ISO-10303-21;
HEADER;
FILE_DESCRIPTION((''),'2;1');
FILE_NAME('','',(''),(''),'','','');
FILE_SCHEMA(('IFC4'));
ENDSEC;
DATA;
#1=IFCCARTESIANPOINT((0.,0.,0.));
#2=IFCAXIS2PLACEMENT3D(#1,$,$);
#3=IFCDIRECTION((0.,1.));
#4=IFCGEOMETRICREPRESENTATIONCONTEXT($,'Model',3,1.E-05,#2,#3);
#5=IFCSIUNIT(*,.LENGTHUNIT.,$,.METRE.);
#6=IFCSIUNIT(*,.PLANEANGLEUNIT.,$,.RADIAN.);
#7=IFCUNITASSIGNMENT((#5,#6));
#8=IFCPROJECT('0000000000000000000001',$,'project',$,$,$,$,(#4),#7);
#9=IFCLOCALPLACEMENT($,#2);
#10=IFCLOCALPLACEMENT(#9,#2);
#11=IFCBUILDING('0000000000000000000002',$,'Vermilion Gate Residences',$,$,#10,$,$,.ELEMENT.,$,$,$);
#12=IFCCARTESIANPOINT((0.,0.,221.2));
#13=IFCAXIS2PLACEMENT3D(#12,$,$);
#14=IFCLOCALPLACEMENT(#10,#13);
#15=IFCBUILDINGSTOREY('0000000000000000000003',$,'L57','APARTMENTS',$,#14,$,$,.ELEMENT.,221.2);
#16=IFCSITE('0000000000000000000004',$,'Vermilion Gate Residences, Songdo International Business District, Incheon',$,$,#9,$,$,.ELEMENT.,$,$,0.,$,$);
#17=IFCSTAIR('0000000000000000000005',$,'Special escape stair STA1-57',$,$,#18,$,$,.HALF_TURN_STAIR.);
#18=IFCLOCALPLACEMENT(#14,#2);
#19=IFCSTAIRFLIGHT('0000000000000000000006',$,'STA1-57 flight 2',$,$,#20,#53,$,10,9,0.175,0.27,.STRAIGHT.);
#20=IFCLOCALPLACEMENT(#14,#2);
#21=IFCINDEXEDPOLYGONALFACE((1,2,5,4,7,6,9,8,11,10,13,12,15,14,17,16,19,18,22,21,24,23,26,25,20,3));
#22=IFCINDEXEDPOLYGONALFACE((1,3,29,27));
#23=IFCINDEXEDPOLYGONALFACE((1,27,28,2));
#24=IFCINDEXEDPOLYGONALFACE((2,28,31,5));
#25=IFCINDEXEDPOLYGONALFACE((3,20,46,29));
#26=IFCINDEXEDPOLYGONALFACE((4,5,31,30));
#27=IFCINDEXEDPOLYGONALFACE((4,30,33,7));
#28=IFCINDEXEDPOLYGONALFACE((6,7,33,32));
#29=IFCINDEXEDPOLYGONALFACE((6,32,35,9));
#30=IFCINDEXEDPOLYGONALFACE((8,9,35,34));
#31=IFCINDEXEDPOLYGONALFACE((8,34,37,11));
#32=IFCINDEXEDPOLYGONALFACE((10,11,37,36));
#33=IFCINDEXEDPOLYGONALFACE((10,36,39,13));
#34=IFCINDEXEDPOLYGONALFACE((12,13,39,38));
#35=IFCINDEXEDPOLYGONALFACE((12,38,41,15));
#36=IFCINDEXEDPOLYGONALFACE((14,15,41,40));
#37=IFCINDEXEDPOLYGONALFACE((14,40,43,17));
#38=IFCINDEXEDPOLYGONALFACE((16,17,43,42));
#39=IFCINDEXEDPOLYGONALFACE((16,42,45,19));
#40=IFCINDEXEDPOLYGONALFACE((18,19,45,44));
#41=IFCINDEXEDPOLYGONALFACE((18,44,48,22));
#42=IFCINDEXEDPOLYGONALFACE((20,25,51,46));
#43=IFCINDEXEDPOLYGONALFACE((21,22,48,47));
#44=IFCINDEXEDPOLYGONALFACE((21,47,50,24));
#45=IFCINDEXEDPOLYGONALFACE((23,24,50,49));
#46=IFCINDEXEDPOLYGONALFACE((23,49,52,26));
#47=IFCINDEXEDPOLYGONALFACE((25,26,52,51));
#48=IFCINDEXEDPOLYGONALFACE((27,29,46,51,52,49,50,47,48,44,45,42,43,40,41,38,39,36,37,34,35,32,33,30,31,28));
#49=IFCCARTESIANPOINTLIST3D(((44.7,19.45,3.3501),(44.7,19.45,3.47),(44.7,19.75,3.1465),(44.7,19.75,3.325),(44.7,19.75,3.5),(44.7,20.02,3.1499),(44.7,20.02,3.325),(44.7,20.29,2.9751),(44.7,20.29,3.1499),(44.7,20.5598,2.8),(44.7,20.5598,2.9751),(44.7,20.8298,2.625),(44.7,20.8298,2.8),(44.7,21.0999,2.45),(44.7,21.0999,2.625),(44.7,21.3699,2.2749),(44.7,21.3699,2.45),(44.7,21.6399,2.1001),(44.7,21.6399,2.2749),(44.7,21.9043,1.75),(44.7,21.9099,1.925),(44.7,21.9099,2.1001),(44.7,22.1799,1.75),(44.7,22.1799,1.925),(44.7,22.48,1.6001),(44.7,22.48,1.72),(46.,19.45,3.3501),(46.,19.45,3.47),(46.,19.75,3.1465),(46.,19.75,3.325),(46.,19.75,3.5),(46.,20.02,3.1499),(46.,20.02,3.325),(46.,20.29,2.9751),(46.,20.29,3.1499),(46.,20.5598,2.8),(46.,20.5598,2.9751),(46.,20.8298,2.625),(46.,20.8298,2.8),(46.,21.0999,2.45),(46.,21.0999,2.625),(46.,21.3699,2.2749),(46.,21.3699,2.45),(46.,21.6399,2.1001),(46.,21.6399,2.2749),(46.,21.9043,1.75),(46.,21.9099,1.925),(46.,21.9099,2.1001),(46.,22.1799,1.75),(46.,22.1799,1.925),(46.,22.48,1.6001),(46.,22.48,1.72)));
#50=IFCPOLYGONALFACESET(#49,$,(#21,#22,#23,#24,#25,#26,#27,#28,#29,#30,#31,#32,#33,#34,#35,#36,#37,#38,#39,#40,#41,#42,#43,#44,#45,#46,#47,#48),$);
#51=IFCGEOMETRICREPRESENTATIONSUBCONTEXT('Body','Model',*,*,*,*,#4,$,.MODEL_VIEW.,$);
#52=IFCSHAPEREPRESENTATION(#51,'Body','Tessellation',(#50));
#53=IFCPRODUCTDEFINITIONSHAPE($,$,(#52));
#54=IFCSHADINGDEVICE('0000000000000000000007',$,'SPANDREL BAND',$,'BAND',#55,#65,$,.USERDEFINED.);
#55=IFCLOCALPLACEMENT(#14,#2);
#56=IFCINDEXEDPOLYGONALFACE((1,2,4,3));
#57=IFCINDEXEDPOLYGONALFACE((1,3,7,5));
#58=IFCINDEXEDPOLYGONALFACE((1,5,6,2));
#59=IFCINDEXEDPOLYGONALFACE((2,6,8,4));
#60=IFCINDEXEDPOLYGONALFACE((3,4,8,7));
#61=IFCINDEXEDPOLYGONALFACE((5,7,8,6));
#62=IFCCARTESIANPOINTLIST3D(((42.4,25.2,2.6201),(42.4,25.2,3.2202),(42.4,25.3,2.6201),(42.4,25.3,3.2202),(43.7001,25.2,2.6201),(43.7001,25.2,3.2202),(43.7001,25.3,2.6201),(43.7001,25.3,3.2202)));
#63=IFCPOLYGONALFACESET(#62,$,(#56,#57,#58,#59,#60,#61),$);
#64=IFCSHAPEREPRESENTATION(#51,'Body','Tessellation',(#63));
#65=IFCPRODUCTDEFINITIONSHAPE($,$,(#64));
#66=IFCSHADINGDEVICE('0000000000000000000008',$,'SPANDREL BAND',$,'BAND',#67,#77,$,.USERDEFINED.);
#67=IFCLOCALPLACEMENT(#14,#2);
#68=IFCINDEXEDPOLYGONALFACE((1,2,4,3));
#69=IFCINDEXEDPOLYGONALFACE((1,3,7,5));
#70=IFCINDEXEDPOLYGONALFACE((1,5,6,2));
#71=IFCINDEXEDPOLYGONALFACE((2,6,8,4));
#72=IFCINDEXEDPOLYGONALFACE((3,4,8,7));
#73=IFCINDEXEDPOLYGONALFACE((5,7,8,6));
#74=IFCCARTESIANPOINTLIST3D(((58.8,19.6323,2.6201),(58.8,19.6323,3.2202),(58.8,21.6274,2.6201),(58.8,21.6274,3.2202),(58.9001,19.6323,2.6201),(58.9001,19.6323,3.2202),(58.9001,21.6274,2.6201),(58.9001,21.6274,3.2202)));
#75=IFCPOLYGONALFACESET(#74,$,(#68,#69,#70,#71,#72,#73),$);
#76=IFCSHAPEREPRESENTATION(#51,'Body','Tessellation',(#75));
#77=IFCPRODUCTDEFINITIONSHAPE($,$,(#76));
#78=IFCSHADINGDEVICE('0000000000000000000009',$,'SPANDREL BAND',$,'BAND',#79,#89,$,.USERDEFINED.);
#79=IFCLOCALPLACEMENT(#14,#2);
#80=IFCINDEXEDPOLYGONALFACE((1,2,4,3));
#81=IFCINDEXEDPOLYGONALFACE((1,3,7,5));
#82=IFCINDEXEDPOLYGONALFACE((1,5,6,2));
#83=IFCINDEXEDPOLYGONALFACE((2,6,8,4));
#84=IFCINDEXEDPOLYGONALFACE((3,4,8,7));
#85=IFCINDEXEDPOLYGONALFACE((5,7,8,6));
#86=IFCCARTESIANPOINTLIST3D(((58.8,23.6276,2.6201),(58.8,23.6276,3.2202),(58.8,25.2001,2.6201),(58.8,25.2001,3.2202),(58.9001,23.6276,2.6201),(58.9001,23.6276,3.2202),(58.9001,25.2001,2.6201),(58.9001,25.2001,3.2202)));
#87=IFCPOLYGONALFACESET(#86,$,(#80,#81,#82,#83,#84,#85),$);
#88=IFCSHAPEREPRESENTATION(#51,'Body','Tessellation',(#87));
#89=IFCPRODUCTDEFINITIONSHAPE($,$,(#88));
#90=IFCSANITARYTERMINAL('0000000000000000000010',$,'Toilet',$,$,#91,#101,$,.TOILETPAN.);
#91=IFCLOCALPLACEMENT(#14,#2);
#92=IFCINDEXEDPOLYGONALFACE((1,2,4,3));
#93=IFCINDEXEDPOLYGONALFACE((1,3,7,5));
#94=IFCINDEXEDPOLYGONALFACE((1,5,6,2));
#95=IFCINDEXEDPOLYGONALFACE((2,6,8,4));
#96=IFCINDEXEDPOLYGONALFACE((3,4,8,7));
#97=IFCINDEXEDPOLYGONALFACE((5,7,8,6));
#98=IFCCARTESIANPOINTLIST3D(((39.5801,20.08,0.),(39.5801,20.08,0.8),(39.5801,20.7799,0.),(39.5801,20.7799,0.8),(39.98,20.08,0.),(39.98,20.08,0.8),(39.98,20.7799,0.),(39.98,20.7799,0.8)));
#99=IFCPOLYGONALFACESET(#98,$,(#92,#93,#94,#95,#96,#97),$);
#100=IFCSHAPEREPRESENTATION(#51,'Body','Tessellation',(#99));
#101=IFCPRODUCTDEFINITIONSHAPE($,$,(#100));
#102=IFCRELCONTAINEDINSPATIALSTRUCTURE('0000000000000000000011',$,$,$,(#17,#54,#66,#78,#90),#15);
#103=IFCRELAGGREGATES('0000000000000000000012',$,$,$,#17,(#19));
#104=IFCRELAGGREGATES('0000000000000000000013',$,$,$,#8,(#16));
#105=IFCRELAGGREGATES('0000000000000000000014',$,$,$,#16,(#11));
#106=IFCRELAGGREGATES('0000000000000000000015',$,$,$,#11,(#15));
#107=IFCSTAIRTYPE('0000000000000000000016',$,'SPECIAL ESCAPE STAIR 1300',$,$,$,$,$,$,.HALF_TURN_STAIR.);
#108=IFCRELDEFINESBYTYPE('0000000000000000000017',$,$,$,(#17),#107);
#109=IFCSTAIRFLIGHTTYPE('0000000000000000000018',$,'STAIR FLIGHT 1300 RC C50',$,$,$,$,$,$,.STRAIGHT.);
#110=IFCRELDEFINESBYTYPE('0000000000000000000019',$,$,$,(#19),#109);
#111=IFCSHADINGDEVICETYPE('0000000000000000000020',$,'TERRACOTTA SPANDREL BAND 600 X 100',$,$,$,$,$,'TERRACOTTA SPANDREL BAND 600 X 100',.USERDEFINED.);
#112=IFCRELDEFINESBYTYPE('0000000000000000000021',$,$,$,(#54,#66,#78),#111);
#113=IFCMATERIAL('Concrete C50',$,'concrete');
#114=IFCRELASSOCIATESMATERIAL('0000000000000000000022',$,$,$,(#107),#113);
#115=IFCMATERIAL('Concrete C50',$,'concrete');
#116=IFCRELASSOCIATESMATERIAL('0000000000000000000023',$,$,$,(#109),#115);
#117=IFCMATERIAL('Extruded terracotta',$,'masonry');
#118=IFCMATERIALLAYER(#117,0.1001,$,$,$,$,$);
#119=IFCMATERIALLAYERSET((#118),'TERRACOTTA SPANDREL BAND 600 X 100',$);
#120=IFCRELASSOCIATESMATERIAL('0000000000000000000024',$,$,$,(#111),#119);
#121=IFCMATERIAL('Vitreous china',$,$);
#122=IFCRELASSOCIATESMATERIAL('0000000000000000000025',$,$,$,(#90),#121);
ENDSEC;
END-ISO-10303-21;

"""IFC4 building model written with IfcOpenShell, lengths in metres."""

from ifc_helpers import new_model, si_unit, direction, frame, origin, origin_2d, place, context, subcontext, project, spatial, polyline, rectangle, outline, extrude, material, layer, layer_set, type_object, element, aggregate, save


model = new_model("IFC4")

# Units and contexts
model_context = context("Model", 3, precision=1e-05, world=origin(), true_north=direction((0.0, 1.0)))
body_context = subcontext(model_context, "Body", "Model", "MODEL_VIEW")
ifc_project = project(units=[si_unit("LENGTHUNIT", "METRE"), si_unit("PLANEANGLEUNIT", "RADIAN")], contexts=[model_context])

# Site, building, storey
site_placement = place(None, origin())
site = spatial("IfcSite", under=ifc_project, at=site_placement, Name="Vermilion Gate Residences, Songdo International Business District, Incheon", CompositionType="ELEMENT", RefElevation=0.0)
building_placement = place(site_placement, origin())
building = spatial("IfcBuilding", under=site, at=building_placement, Name="Vermilion Gate Residences", CompositionType="ELEMENT")
storey_placement = place(building_placement, frame((0.0, 0.0, 221.2)))
storey = spatial("IfcBuildingStorey", under=building, at=storey_placement, Name="L57", Description="APARTMENTS", CompositionType="ELEMENT", Elevation=221.2)

# Stair, stair flight
ifc_material_1 = material(Name="Concrete C50", Category="concrete")
stair_type = type_object("IfcStairType", Name="SPECIAL ESCAPE STAIR 1300", PredefinedType="HALF_TURN_STAIR", material=ifc_material_1)
stair_placement = place(storey_placement, origin())
stair = element("IfcStair", 1, at=stair_placement, inside=storey, type_object=stair_type, Name="Special escape stair STA1-57", PredefinedType="HALF_TURN_STAIR")
ifc_material_2 = material(Name="Concrete C50", Category="concrete")
stair_flight_type = type_object("IfcStairFlightType", Name="STAIR FLIGHT 1300 RC C50", PredefinedType="STRAIGHT", material=ifc_material_2)
stair_flight_placement = place(storey_placement, frame((45.3501, 22.1799, 1.75), z_axis=(0.0, 0.0, 1.0), x_axis=(0.0, -1.0, 0.0)))
stair_flight = element("IfcStairFlight", 2, at=stair_flight_placement, type_object=stair_flight_type, Name="STA1-57 flight 2", NumberOfRisers=10, NumberOfTreads=9, PredefinedType="STRAIGHT", RiserHeight=0.175, TreadLength=0.27, context=body_context, shape_type="SweptSolid", body=[
    extrude(outline(polyline([(-0.3, -0.1499), (-0.3, -0.03), (0.0, 0.0), (0.0, 0.175), (0.27, 0.175), (0.27, 0.3501), (0.54, 0.3501), (0.54, 0.5249), (0.8101, 0.5249), (0.8101, 0.7), (1.0801, 0.7), (1.0801, 0.875), (1.3501, 0.875), (1.3501, 1.05), (1.6201, 1.05), (1.6201, 1.2251), (1.8899, 1.2251), (1.8899, 1.3999), (2.1599, 1.3999), (2.1599, 1.575), (2.4299, 1.575), (2.4299, 1.75), (2.73, 1.72), (2.73, 1.6001), (2.4299, 1.3965), (0.2756, 0.0), (-0.3, -0.1499)])), frame((0.0, 0.6499, 0.0), z_axis=(0.0, -1.0, 0.0), x_axis=(1.0, 0.0, 0.0)), (0.0, 0.0, 1.0), 1.3),
])
aggregate(stair, [stair_flight])

# Shading devices
ifc_material_3 = material(Name="Extruded terracotta", Category="masonry")
ifc_layer_1 = layer(ifc_material_3, 0.1001)
ifc_layer_set_1 = layer_set([ifc_layer_1], Name="TERRACOTTA SPANDREL BAND 600 X 100")
shading_device_type = type_object("IfcShadingDeviceType", Name="TERRACOTTA SPANDREL BAND 600 X 100", ElementType="TERRACOTTA SPANDREL BAND 600 X 100", PredefinedType="USERDEFINED", material=ifc_layer_set_1)
shading_device_1_placement = place(storey_placement, frame((43.05, 25.25, 2.6201), z_axis=(0.0, 0.0, 1.0), x_axis=(1.0, 0.0, 0.0)))
element("IfcShadingDevice", 3, at=shading_device_1_placement, inside=storey, type_object=shading_device_type, Name="SPANDREL BAND", ObjectType="BAND", PredefinedType="USERDEFINED", context=body_context, shape_type="SweptSolid", body=[
    extrude(rectangle(XDim=1.3, YDim=0.1001, at=origin_2d()), origin(), (0.0, 0.0, 1.0), 0.6001),
])
shading_device_2_placement = place(storey_placement, frame((58.8501, 20.6299, 2.6201), z_axis=(0.0, 0.0, 1.0), x_axis=(0.0, 1.0, 0.0)))
element("IfcShadingDevice", 4, at=shading_device_2_placement, inside=storey, type_object=shading_device_type, Name="SPANDREL BAND", ObjectType="BAND", PredefinedType="USERDEFINED", context=body_context, shape_type="SweptSolid", body=[
    extrude(rectangle(XDim=1.9951, YDim=0.1001, at=origin_2d()), origin(), (0.0, 0.0, 1.0), 0.6001),
])
shading_device_3_placement = place(storey_placement, frame((58.8501, 24.4138, 2.6201), z_axis=(0.0, 0.0, 1.0), x_axis=(0.0, 1.0, 0.0)))
element("IfcShadingDevice", 5, at=shading_device_3_placement, inside=storey, type_object=shading_device_type, Name="SPANDREL BAND", ObjectType="BAND", PredefinedType="USERDEFINED", context=body_context, shape_type="SweptSolid", body=[
    extrude(rectangle(XDim=1.5725, YDim=0.1001, at=origin_2d()), origin(), (0.0, 0.0, 1.0), 0.6001),
])

# Sanitary terminal
ifc_material_4 = material(Name="Vitreous china")
sanitary_terminal_placement = place(storey_placement, frame((39.78, 20.4299, 0.0), z_axis=(0.0, 0.0, 1.0), x_axis=(1.0, 0.0, 0.0)))
element("IfcSanitaryTerminal", 6, at=sanitary_terminal_placement, inside=storey, material=ifc_material_4, Name="Toilet", PredefinedType="TOILETPAN", context=body_context, shape_type="SweptSolid", body=[
    extrude(rectangle(XDim=0.3999, YDim=0.7, at=origin_2d()), origin(), (0.0, 0.0, 1.0), 0.8),
])

save(model, "model.ifc")
